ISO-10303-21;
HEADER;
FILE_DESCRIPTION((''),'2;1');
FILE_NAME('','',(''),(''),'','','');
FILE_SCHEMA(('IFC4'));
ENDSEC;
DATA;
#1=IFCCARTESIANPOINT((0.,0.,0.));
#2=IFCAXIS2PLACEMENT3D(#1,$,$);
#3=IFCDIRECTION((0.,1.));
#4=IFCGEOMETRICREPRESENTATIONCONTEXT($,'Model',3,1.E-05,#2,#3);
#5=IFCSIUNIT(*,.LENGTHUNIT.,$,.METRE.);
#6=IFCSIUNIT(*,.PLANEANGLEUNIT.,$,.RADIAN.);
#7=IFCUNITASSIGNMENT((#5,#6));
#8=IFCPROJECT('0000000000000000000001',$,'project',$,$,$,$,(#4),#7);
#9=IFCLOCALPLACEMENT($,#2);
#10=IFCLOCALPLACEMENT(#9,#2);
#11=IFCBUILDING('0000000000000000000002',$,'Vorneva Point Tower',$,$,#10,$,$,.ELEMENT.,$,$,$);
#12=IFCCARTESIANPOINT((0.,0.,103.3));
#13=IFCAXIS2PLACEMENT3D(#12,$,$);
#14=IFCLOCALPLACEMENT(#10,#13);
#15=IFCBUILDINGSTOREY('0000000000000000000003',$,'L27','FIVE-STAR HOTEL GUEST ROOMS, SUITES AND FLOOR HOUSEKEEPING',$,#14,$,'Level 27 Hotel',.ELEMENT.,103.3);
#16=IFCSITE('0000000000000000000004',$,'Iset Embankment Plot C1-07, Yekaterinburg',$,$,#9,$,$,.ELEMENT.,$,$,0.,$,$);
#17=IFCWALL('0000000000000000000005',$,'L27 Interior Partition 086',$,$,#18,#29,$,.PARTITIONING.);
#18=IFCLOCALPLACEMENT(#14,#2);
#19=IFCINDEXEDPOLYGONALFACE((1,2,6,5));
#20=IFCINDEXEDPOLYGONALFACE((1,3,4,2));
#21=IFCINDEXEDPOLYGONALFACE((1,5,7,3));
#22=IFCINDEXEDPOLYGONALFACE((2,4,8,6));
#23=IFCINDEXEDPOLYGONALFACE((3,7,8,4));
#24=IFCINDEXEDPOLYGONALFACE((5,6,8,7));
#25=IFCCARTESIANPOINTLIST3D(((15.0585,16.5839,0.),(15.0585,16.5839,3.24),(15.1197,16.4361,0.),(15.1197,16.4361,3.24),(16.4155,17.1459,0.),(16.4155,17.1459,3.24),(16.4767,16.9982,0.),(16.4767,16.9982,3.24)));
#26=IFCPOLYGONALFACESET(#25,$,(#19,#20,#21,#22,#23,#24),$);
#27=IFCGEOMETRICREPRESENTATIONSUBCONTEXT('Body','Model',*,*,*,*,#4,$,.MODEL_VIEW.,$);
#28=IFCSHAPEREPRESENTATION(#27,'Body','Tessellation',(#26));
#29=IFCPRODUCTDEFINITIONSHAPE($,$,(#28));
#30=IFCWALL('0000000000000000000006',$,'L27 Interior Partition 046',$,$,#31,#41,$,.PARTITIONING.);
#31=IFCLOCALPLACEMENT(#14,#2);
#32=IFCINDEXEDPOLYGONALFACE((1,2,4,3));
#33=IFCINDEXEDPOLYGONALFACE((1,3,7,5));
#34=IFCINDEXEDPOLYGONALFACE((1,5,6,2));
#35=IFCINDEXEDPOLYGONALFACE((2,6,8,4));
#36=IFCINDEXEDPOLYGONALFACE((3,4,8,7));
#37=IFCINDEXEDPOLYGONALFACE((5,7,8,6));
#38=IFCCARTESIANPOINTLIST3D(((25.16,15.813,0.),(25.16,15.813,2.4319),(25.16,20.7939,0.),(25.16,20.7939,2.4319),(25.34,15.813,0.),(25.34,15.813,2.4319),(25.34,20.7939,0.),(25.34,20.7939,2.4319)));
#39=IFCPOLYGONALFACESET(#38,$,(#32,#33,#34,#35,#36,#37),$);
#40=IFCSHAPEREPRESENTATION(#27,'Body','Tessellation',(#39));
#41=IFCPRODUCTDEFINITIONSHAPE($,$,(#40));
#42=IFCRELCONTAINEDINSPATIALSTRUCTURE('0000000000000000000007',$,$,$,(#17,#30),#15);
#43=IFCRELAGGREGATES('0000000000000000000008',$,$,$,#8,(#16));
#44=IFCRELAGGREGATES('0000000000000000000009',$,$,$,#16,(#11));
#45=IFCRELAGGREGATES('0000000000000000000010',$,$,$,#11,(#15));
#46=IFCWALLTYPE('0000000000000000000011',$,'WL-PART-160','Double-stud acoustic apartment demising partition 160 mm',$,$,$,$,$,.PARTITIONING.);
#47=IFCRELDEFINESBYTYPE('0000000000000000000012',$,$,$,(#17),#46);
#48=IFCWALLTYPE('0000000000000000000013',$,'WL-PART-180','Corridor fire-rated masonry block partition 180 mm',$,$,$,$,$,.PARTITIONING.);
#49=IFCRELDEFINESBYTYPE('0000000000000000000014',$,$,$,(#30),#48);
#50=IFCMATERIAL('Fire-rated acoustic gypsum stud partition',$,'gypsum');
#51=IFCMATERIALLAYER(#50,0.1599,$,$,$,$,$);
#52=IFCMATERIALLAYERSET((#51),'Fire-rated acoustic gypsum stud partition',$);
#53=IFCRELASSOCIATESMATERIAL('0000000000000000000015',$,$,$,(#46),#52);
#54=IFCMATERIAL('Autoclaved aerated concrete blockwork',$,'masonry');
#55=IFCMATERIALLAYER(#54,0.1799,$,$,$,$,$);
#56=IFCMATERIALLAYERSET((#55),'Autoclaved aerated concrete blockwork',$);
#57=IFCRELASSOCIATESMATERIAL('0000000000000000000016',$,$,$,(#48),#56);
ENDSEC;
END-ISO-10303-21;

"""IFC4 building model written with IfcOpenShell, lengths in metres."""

from ifc_helpers import new_model, si_unit, direction, frame, frame_2d, origin, place, context, subcontext, project, spatial, rectangle, extrude, material, layer, layer_set, type_object, element, save


model = new_model("IFC4")

# Units and contexts
model_context = context("Model", 3, precision=1e-05, world=origin(), true_north=direction((0.0, 1.0)))
body_context = subcontext(model_context, "Body", "Model", "MODEL_VIEW")
ifc_project = project(units=[si_unit("LENGTHUNIT", "METRE"), si_unit("PLANEANGLEUNIT", "RADIAN")], contexts=[model_context])

# Site, building, storey
site_placement = place(None, origin())
site = spatial("IfcSite", under=ifc_project, at=site_placement, Name="Iset Embankment Plot C1-07, Yekaterinburg", CompositionType="ELEMENT", RefElevation=0.0)
building_placement = place(site_placement, origin())
building = spatial("IfcBuilding", under=site, at=building_placement, Name="Vorneva Point Tower", CompositionType="ELEMENT")
storey_placement = place(building_placement, frame((0.0, 0.0, 103.3)))
storey = spatial("IfcBuildingStorey", under=building, at=storey_placement, Name="L27", Description="FIVE-STAR HOTEL GUEST ROOMS, SUITES AND FLOOR HOUSEKEEPING", LongName="Level 27 Hotel", CompositionType="ELEMENT", Elevation=103.3)

# Shared definitions
ifc_material_1 = material(Name="Fire-rated acoustic gypsum stud partition", Category="gypsum")

# Walls
ifc_layer_1 = layer(ifc_material_1, 0.1599)
ifc_layer_set_1 = layer_set([ifc_layer_1], Name="Fire-rated acoustic gypsum stud partition")
wall_type_1 = type_object("IfcWallType", Name="WL-PART-160", Description="Double-stud acoustic apartment demising partition 160 mm", PredefinedType="PARTITIONING", material=ifc_layer_set_1)
wall_1_placement = place(storey_placement, frame((15.0891, 16.51, 0.0), z_axis=(0.0, 0.0, 1.0), x_axis=(0.923891, 0.382655, 0.0)))
element("IfcWall", 1, at=wall_1_placement, inside=storey, type_object=wall_type_1, Name="L27 Interior Partition 086", PredefinedType="PARTITIONING", context=body_context, shape_type="SweptSolid", body=[
    extrude(rectangle(XDim=1.4688, YDim=0.1599, at=frame_2d((0.7344, 0.0))), origin(), (0.0, 0.0, 1.0), 3.24),
])
ifc_material_2 = material(Name="Autoclaved aerated concrete blockwork", Category="masonry")
ifc_layer_2 = layer(ifc_material_2, 0.1799)
ifc_layer_set_2 = layer_set([ifc_layer_2], Name="Autoclaved aerated concrete blockwork")
wall_type_2 = type_object("IfcWallType", Name="WL-PART-180", Description="Corridor fire-rated masonry block partition 180 mm", PredefinedType="PARTITIONING", material=ifc_layer_set_2)
wall_2_placement = place(storey_placement, frame((25.25, 20.7939, 0.0), z_axis=(0.0, 0.0, 1.0), x_axis=(0.0, -1.0, 0.0)))
element("IfcWall", 2, at=wall_2_placement, inside=storey, type_object=wall_type_2, Name="L27 Interior Partition 046", PredefinedType="PARTITIONING", context=body_context, shape_type="SweptSolid", body=[
    extrude(rectangle(XDim=4.981, YDim=0.1799, at=frame_2d((2.4905, 0.0))), origin(), (0.0, 0.0, 1.0), 2.4319),
])

save(model, "model.ifc")
